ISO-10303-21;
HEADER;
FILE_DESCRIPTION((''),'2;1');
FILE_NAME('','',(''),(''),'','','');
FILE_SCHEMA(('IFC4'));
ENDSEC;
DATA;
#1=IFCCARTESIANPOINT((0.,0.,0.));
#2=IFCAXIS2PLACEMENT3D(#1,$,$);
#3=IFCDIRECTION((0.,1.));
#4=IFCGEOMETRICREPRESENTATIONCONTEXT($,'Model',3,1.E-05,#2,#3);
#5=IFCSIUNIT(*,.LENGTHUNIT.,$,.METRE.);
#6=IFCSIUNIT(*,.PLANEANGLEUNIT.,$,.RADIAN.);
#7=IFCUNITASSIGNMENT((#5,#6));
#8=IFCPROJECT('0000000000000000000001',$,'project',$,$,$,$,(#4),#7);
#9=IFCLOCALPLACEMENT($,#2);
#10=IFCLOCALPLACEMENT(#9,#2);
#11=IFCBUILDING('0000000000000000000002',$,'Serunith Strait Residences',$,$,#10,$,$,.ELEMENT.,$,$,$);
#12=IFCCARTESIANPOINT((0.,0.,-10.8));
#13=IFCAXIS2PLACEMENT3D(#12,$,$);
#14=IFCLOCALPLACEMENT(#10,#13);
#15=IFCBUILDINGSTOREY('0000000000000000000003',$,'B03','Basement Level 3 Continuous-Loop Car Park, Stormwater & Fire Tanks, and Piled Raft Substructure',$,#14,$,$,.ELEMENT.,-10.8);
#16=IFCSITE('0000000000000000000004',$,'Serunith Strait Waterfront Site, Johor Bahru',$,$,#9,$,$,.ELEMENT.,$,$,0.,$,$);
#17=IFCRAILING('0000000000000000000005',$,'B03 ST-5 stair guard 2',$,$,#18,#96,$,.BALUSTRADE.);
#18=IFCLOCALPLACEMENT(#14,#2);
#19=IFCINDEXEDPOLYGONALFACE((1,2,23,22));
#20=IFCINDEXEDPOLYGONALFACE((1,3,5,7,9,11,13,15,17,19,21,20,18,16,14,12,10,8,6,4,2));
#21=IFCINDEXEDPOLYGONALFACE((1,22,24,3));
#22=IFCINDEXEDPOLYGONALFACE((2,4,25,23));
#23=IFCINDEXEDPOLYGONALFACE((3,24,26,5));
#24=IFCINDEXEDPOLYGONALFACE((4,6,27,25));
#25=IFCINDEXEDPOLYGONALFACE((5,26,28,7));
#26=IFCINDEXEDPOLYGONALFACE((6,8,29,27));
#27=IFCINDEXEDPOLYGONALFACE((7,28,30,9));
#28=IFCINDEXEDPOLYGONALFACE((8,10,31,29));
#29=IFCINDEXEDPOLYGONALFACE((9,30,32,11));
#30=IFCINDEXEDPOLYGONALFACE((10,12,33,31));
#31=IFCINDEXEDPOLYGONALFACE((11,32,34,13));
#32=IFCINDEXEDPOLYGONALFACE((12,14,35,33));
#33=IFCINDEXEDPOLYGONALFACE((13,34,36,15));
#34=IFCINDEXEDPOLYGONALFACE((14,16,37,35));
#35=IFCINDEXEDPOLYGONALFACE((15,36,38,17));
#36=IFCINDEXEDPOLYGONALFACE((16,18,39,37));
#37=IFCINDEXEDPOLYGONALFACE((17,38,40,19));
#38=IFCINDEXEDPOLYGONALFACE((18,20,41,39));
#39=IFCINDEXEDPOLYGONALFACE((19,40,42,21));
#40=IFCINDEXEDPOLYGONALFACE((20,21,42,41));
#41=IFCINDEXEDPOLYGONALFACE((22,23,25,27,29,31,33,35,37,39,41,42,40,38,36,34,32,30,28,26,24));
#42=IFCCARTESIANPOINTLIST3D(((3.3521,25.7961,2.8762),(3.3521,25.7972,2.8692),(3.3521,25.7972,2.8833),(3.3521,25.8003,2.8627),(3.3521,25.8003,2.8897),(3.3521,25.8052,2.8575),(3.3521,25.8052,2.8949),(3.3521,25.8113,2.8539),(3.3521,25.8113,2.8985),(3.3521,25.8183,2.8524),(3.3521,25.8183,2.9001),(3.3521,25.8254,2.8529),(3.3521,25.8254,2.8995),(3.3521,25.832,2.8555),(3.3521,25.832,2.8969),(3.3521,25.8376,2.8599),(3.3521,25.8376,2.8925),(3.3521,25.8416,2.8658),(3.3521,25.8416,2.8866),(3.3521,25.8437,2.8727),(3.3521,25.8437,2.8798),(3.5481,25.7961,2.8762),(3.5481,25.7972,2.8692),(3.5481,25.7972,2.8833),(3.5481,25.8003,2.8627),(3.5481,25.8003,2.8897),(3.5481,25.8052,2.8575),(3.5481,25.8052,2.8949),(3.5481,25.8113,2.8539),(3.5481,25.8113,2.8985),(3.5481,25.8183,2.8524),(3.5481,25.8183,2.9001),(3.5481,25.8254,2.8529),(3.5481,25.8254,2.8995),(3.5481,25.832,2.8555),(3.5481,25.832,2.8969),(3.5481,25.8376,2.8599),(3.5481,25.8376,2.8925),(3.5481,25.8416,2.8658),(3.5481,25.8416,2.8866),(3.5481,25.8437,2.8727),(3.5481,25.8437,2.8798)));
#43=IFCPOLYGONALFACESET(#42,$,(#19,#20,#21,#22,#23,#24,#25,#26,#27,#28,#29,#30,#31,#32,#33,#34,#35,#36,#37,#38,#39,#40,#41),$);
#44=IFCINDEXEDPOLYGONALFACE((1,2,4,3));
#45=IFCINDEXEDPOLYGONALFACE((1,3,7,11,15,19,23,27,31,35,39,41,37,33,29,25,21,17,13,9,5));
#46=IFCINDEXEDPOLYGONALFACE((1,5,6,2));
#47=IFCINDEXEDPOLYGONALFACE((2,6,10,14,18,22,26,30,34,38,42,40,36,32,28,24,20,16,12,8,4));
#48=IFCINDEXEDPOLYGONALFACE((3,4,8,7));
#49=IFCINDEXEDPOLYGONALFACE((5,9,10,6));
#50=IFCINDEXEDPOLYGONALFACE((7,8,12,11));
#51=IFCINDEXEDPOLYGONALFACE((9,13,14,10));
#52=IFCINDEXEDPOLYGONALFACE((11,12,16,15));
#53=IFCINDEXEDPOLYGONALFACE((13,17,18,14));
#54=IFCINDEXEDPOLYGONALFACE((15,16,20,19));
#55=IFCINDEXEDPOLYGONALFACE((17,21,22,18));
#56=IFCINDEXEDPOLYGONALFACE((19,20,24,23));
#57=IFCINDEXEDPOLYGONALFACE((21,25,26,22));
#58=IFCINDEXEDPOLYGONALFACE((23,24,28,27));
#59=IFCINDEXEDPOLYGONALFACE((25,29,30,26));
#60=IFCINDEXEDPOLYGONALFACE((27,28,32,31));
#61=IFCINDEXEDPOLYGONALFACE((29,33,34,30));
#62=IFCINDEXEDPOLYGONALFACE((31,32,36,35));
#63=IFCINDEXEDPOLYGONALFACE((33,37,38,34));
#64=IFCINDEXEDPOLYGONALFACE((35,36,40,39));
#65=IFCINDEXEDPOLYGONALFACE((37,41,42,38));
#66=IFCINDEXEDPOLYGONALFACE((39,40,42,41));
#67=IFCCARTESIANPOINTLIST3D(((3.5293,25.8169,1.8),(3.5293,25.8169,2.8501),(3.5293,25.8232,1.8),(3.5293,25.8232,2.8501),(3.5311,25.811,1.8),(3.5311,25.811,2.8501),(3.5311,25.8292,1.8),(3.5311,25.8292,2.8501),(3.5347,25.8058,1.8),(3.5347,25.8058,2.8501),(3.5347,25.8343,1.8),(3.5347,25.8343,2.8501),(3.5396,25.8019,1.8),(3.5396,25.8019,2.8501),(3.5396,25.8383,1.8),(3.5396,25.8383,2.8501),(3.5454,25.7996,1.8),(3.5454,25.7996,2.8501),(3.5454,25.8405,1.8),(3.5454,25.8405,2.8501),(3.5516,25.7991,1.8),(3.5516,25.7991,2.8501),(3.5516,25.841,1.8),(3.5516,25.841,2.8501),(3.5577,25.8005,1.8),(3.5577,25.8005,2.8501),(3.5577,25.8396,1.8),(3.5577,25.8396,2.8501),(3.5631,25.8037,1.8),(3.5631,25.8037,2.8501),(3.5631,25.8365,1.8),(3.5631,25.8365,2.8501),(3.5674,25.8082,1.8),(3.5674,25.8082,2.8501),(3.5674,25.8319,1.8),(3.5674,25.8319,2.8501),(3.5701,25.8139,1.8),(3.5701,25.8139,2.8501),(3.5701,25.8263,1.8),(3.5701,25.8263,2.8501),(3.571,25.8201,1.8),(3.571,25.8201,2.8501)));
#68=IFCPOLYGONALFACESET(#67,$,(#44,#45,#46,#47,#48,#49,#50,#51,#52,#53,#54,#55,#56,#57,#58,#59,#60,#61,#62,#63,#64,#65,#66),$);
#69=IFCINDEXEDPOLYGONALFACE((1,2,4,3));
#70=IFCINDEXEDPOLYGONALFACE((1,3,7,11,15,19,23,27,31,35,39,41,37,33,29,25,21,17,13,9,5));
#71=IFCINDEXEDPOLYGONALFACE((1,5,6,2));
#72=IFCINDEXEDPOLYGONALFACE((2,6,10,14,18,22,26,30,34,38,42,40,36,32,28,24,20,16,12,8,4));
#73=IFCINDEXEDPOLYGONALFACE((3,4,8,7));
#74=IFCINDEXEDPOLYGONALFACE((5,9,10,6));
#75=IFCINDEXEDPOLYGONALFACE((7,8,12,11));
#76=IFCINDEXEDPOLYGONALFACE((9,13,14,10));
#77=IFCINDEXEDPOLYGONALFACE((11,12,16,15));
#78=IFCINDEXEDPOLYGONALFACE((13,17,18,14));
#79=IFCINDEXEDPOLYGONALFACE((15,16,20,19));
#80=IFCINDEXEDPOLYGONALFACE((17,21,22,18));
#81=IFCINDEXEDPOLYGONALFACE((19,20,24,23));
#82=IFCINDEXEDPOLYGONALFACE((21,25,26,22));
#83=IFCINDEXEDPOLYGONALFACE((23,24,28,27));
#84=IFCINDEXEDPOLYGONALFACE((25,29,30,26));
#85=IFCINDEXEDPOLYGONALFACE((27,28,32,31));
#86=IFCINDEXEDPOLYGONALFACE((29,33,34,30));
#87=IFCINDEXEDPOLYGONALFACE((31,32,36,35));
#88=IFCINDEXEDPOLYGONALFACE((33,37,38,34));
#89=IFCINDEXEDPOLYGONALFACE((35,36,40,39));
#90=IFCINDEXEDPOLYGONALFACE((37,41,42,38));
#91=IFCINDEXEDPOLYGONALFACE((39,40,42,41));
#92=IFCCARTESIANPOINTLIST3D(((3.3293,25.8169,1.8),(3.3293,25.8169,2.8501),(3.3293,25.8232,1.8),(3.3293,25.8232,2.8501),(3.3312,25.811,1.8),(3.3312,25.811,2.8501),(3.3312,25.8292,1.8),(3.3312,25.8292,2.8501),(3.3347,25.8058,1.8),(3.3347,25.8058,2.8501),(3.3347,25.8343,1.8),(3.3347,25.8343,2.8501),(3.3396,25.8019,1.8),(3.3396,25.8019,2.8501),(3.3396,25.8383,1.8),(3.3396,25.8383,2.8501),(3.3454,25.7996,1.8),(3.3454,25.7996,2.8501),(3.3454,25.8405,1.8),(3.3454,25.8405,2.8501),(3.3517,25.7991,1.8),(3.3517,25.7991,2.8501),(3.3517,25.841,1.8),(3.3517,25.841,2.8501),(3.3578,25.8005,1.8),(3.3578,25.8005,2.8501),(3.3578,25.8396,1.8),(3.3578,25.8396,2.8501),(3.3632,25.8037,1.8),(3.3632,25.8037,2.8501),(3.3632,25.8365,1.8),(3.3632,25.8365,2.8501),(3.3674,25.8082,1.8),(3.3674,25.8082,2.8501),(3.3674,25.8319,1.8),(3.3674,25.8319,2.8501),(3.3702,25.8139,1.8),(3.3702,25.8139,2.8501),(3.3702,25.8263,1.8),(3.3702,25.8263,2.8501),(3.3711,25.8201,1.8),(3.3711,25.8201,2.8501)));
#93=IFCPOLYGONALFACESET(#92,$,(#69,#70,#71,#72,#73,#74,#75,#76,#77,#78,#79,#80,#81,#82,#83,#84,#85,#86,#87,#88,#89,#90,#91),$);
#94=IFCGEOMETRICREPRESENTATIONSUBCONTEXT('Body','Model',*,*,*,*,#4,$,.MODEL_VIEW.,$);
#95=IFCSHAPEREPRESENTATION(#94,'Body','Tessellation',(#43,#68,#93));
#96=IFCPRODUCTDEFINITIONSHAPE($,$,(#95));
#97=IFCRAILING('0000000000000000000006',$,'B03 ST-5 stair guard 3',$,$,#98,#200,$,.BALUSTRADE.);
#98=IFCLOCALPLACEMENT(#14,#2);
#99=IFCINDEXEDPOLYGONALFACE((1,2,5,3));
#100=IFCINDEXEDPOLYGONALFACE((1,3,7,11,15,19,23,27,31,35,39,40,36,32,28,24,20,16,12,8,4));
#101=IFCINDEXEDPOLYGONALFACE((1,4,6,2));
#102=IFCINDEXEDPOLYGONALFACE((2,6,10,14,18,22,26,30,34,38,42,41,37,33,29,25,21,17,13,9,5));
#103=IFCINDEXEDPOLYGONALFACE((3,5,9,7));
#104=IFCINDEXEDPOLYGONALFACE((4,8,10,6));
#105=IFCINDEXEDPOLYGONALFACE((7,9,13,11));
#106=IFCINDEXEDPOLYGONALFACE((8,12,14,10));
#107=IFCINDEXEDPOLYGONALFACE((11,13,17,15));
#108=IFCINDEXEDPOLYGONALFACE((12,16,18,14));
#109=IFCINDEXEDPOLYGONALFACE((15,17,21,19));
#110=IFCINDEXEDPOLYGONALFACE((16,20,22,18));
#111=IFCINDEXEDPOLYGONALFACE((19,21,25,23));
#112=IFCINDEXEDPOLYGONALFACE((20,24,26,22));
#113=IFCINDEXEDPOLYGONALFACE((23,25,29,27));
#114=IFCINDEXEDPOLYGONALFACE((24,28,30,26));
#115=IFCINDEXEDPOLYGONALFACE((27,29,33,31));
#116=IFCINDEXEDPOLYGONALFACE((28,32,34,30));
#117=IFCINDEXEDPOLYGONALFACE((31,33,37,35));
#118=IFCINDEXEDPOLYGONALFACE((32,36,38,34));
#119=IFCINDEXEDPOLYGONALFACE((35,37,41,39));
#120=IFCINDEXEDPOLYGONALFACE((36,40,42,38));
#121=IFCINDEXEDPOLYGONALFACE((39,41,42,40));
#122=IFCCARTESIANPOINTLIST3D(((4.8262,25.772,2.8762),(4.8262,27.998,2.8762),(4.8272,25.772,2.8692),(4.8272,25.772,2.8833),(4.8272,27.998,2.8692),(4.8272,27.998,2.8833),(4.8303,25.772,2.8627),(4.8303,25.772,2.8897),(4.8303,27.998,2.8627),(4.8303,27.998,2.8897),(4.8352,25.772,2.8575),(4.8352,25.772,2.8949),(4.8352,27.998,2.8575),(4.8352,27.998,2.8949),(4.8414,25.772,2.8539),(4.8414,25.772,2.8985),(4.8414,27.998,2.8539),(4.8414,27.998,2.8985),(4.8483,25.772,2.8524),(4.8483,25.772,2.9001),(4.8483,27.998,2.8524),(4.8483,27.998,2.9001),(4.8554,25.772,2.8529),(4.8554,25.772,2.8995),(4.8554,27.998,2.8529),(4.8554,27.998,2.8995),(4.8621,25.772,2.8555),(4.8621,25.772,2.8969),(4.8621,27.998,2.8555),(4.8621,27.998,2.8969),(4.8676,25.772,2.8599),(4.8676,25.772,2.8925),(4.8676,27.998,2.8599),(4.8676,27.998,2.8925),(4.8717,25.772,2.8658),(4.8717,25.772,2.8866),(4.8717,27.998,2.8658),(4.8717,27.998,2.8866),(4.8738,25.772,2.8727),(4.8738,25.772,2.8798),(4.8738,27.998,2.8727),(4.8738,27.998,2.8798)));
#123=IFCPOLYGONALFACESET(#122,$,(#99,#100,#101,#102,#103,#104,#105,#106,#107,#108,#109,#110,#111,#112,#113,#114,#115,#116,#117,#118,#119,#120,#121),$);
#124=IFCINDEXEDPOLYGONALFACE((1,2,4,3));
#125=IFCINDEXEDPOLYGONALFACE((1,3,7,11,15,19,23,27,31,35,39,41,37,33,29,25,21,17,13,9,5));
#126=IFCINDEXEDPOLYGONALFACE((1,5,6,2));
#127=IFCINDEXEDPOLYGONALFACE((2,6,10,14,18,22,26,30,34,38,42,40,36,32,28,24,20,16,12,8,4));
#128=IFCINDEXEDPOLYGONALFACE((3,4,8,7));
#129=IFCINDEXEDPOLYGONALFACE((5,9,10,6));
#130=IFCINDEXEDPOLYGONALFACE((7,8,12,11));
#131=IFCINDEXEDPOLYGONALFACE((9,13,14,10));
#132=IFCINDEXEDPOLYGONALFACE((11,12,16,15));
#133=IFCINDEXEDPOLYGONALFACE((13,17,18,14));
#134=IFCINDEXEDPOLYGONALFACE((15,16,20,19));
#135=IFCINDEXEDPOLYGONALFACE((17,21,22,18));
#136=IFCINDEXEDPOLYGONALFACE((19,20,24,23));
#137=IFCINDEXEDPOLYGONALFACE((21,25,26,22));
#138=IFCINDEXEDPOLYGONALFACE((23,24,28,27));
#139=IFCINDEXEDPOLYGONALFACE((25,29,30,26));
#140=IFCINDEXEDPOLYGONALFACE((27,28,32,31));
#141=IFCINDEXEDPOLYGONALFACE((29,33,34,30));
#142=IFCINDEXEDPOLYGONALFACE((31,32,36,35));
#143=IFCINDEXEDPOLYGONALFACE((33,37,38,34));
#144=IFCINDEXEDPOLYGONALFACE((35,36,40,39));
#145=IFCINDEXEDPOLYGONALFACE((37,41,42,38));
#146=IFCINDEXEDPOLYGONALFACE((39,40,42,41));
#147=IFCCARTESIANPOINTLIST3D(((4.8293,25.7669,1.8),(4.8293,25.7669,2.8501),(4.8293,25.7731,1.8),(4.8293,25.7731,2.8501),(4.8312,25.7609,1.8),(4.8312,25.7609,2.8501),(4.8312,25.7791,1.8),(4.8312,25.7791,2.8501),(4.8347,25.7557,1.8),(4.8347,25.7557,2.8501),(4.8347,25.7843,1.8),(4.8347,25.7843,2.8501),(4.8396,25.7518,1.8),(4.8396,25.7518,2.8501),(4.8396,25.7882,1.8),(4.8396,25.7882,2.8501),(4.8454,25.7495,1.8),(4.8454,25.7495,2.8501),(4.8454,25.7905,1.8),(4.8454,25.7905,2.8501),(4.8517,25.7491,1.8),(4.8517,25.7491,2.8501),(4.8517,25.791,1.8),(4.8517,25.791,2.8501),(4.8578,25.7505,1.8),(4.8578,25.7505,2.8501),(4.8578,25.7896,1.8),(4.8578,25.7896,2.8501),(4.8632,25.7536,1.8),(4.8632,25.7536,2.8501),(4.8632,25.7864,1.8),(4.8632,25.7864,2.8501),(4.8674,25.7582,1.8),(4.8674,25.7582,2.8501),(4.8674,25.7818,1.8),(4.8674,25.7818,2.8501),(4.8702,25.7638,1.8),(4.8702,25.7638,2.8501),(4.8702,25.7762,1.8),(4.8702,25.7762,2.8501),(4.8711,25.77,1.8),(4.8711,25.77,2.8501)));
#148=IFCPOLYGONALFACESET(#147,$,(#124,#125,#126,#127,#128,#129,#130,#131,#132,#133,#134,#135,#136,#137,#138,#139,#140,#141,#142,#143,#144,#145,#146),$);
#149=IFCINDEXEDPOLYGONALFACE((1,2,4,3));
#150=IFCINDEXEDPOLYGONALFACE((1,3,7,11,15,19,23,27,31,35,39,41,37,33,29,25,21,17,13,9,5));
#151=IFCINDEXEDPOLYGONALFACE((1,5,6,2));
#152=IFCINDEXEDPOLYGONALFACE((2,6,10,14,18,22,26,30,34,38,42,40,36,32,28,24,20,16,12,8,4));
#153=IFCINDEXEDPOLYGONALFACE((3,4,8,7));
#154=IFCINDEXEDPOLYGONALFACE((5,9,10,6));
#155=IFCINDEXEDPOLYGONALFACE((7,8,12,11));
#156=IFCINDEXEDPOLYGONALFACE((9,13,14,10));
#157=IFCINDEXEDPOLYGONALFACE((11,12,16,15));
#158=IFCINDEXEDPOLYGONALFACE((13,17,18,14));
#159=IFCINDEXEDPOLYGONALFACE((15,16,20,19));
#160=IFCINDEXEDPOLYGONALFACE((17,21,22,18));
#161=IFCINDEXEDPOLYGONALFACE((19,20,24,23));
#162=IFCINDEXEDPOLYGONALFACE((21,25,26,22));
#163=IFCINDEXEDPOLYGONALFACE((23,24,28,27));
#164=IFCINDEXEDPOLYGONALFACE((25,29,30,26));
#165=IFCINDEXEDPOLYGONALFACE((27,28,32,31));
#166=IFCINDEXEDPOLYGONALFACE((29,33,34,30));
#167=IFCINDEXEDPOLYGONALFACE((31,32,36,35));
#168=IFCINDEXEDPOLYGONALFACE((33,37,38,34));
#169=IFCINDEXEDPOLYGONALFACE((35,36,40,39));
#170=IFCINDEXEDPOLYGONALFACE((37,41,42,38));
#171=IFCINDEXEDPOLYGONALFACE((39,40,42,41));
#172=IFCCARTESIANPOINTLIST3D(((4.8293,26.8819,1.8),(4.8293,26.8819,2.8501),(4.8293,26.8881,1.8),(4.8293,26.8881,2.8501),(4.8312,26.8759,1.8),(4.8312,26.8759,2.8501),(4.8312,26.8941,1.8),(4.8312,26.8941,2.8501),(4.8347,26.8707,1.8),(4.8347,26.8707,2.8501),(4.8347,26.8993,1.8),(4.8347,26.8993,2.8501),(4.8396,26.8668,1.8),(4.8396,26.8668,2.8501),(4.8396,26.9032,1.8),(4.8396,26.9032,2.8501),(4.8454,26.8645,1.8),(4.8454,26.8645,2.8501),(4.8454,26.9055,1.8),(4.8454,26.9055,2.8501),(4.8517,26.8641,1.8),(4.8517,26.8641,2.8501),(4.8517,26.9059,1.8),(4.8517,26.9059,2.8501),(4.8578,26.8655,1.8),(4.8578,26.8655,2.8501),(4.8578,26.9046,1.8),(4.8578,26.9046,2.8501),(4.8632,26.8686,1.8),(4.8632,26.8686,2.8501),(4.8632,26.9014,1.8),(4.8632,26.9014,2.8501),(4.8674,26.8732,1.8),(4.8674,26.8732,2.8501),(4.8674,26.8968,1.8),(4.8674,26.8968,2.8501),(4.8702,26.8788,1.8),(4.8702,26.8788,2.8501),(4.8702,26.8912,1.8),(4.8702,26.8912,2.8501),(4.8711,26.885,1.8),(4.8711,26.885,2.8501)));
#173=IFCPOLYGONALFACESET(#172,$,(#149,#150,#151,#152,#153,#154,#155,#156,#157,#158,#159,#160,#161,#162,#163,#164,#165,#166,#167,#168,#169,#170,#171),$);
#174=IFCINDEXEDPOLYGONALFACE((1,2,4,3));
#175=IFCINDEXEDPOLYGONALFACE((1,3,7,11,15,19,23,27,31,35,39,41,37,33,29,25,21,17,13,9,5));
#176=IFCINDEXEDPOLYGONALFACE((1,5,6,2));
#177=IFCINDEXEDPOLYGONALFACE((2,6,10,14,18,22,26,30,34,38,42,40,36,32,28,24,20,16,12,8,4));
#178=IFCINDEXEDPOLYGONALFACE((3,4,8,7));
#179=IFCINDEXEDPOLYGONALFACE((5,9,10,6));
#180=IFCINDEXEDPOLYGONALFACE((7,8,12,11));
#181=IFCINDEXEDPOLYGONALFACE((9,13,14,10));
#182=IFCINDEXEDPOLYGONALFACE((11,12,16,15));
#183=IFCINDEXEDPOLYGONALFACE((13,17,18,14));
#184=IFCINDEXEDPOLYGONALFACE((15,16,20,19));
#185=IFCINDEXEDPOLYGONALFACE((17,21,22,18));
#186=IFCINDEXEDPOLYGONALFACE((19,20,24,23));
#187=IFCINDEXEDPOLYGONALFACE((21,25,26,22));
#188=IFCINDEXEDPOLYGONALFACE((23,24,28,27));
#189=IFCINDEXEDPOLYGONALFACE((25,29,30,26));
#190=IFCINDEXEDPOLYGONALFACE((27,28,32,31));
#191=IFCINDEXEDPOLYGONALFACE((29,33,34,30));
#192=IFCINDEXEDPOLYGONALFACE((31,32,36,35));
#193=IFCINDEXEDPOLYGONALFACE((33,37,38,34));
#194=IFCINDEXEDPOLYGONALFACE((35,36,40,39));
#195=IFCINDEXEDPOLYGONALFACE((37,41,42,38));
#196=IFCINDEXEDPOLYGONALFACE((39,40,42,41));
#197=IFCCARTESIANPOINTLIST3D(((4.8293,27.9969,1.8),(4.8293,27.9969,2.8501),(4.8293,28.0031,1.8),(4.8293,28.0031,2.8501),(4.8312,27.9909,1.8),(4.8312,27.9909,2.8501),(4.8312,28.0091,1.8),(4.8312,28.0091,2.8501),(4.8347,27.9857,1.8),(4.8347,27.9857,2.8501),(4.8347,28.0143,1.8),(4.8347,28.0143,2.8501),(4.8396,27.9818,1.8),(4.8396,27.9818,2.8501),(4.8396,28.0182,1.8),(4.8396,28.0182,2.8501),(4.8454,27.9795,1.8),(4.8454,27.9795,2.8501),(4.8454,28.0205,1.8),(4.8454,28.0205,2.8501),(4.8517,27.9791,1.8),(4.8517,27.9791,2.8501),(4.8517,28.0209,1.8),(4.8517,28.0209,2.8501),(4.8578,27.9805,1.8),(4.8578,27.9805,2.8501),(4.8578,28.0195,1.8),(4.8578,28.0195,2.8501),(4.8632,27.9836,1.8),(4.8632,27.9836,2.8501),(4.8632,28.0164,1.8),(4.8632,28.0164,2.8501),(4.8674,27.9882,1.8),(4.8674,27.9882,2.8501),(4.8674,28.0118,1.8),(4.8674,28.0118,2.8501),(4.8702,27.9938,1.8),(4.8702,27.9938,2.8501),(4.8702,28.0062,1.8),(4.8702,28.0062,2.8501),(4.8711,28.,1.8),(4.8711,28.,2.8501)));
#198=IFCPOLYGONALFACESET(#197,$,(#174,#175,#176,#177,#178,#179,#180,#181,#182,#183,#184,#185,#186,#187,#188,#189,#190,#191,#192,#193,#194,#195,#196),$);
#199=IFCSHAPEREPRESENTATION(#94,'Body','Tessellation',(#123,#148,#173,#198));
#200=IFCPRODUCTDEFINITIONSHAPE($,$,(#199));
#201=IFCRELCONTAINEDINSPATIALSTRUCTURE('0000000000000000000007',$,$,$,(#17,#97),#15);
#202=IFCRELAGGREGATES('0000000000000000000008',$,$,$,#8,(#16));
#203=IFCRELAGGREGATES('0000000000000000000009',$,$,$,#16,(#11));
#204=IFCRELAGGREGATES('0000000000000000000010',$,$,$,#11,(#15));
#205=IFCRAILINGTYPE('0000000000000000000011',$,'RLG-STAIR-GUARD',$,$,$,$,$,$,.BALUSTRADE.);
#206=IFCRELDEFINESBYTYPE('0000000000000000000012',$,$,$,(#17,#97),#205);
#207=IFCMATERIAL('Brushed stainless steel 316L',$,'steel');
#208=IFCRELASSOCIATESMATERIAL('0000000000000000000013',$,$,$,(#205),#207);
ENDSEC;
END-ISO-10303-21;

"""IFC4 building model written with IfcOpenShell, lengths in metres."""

from ifc_helpers import new_model, si_unit, direction, frame, origin, origin_2d, place, context, subcontext, project, spatial, circle, extrude, material, type_object, element, save


model = new_model("IFC4")

# Units and contexts
model_context = context("Model", 3, precision=1e-05, world=origin(), true_north=direction((0.0, 1.0)))
body_context = subcontext(model_context, "Body", "Model", "MODEL_VIEW")
ifc_project = project(units=[si_unit("LENGTHUNIT", "METRE"), si_unit("PLANEANGLEUNIT", "RADIAN")], contexts=[model_context])

# Site, building, storey
site_placement = place(None, origin())
site = spatial("IfcSite", under=ifc_project, at=site_placement, Name="Serunith Strait Waterfront Site, Johor Bahru", CompositionType="ELEMENT", RefElevation=0.0)
building_placement = place(site_placement, origin())
building = spatial("IfcBuilding", under=site, at=building_placement, Name="Serunith Strait Residences", CompositionType="ELEMENT")
storey_placement = place(building_placement, frame((0.0, 0.0, -10.8)))
storey = spatial("IfcBuildingStorey", under=building, at=storey_placement, Name="B03", Description="Basement Level 3 Continuous-Loop Car Park, Stormwater & Fire Tanks, and Piled Raft Substructure", CompositionType="ELEMENT", Elevation=-10.8)

# Railings
ifc_material_1 = material(Name="Brushed stainless steel 316L", Category="steel")
railing_type_1 = type_object("IfcRailingType", Name="RLG-STAIR-GUARD", PredefinedType="BALUSTRADE", material=ifc_material_1)
railing_1_placement = place(storey_placement, frame((3.55, 25.8201, 1.8)))
element("IfcRailing", 1, at=railing_1_placement, inside=storey, type_object=railing_type_1, Name="B03 ST-5 stair guard 2", PredefinedType="BALUSTRADE", context=body_context, shape_type="SweptSolid", body=[
    extrude(circle(Radius=0.0239, at=origin_2d()), frame((-0.002, 0.0, 1.0762), z_axis=(-1.0, 0.0, 0.0), x_axis=(0.0, -1.0, 0.0)), (0.0, 0.0, 1.0), 0.196),
    extrude(circle(Radius=0.021, at=origin_2d()), origin(), (0.0, 0.0, 1.0), 1.05),
    extrude(circle(Radius=0.021, at=origin_2d()), frame((-0.2, 0.0, 0.0)), (0.0, 0.0, 1.0), 1.05),
])
for number, where, name in (
    (2, (4.8501, 25.77, 1.8), "B03 ST-5 stair guard 3"),
):
    element("IfcRailing", number, at=place(storey_placement, frame(where)), inside=storey, type_object=railing_type_1, Name=name, PredefinedType="BALUSTRADE", context=body_context, shape_type="SweptSolid", body=[
        extrude(circle(Radius=0.0239, at=origin_2d()), frame((0.0, 0.002, 1.0762), z_axis=(0.0, 1.0, 0.0), x_axis=(-1.0, 0.0, 0.0)), (0.0, 0.0, 1.0), 2.2261),
        extrude(circle(Radius=0.021, at=origin_2d()), origin(), (0.0, 0.0, 1.0), 1.05),
        extrude(circle(Radius=0.021, at=origin_2d()), frame((0.0, 1.115, 0.0)), (0.0, 0.0, 1.0), 1.05),
        extrude(circle(Radius=0.021, at=origin_2d()), frame((0.0, 2.23, 0.0)), (0.0, 0.0, 1.0), 1.05),
    ])

save(model, "model.ifc")
